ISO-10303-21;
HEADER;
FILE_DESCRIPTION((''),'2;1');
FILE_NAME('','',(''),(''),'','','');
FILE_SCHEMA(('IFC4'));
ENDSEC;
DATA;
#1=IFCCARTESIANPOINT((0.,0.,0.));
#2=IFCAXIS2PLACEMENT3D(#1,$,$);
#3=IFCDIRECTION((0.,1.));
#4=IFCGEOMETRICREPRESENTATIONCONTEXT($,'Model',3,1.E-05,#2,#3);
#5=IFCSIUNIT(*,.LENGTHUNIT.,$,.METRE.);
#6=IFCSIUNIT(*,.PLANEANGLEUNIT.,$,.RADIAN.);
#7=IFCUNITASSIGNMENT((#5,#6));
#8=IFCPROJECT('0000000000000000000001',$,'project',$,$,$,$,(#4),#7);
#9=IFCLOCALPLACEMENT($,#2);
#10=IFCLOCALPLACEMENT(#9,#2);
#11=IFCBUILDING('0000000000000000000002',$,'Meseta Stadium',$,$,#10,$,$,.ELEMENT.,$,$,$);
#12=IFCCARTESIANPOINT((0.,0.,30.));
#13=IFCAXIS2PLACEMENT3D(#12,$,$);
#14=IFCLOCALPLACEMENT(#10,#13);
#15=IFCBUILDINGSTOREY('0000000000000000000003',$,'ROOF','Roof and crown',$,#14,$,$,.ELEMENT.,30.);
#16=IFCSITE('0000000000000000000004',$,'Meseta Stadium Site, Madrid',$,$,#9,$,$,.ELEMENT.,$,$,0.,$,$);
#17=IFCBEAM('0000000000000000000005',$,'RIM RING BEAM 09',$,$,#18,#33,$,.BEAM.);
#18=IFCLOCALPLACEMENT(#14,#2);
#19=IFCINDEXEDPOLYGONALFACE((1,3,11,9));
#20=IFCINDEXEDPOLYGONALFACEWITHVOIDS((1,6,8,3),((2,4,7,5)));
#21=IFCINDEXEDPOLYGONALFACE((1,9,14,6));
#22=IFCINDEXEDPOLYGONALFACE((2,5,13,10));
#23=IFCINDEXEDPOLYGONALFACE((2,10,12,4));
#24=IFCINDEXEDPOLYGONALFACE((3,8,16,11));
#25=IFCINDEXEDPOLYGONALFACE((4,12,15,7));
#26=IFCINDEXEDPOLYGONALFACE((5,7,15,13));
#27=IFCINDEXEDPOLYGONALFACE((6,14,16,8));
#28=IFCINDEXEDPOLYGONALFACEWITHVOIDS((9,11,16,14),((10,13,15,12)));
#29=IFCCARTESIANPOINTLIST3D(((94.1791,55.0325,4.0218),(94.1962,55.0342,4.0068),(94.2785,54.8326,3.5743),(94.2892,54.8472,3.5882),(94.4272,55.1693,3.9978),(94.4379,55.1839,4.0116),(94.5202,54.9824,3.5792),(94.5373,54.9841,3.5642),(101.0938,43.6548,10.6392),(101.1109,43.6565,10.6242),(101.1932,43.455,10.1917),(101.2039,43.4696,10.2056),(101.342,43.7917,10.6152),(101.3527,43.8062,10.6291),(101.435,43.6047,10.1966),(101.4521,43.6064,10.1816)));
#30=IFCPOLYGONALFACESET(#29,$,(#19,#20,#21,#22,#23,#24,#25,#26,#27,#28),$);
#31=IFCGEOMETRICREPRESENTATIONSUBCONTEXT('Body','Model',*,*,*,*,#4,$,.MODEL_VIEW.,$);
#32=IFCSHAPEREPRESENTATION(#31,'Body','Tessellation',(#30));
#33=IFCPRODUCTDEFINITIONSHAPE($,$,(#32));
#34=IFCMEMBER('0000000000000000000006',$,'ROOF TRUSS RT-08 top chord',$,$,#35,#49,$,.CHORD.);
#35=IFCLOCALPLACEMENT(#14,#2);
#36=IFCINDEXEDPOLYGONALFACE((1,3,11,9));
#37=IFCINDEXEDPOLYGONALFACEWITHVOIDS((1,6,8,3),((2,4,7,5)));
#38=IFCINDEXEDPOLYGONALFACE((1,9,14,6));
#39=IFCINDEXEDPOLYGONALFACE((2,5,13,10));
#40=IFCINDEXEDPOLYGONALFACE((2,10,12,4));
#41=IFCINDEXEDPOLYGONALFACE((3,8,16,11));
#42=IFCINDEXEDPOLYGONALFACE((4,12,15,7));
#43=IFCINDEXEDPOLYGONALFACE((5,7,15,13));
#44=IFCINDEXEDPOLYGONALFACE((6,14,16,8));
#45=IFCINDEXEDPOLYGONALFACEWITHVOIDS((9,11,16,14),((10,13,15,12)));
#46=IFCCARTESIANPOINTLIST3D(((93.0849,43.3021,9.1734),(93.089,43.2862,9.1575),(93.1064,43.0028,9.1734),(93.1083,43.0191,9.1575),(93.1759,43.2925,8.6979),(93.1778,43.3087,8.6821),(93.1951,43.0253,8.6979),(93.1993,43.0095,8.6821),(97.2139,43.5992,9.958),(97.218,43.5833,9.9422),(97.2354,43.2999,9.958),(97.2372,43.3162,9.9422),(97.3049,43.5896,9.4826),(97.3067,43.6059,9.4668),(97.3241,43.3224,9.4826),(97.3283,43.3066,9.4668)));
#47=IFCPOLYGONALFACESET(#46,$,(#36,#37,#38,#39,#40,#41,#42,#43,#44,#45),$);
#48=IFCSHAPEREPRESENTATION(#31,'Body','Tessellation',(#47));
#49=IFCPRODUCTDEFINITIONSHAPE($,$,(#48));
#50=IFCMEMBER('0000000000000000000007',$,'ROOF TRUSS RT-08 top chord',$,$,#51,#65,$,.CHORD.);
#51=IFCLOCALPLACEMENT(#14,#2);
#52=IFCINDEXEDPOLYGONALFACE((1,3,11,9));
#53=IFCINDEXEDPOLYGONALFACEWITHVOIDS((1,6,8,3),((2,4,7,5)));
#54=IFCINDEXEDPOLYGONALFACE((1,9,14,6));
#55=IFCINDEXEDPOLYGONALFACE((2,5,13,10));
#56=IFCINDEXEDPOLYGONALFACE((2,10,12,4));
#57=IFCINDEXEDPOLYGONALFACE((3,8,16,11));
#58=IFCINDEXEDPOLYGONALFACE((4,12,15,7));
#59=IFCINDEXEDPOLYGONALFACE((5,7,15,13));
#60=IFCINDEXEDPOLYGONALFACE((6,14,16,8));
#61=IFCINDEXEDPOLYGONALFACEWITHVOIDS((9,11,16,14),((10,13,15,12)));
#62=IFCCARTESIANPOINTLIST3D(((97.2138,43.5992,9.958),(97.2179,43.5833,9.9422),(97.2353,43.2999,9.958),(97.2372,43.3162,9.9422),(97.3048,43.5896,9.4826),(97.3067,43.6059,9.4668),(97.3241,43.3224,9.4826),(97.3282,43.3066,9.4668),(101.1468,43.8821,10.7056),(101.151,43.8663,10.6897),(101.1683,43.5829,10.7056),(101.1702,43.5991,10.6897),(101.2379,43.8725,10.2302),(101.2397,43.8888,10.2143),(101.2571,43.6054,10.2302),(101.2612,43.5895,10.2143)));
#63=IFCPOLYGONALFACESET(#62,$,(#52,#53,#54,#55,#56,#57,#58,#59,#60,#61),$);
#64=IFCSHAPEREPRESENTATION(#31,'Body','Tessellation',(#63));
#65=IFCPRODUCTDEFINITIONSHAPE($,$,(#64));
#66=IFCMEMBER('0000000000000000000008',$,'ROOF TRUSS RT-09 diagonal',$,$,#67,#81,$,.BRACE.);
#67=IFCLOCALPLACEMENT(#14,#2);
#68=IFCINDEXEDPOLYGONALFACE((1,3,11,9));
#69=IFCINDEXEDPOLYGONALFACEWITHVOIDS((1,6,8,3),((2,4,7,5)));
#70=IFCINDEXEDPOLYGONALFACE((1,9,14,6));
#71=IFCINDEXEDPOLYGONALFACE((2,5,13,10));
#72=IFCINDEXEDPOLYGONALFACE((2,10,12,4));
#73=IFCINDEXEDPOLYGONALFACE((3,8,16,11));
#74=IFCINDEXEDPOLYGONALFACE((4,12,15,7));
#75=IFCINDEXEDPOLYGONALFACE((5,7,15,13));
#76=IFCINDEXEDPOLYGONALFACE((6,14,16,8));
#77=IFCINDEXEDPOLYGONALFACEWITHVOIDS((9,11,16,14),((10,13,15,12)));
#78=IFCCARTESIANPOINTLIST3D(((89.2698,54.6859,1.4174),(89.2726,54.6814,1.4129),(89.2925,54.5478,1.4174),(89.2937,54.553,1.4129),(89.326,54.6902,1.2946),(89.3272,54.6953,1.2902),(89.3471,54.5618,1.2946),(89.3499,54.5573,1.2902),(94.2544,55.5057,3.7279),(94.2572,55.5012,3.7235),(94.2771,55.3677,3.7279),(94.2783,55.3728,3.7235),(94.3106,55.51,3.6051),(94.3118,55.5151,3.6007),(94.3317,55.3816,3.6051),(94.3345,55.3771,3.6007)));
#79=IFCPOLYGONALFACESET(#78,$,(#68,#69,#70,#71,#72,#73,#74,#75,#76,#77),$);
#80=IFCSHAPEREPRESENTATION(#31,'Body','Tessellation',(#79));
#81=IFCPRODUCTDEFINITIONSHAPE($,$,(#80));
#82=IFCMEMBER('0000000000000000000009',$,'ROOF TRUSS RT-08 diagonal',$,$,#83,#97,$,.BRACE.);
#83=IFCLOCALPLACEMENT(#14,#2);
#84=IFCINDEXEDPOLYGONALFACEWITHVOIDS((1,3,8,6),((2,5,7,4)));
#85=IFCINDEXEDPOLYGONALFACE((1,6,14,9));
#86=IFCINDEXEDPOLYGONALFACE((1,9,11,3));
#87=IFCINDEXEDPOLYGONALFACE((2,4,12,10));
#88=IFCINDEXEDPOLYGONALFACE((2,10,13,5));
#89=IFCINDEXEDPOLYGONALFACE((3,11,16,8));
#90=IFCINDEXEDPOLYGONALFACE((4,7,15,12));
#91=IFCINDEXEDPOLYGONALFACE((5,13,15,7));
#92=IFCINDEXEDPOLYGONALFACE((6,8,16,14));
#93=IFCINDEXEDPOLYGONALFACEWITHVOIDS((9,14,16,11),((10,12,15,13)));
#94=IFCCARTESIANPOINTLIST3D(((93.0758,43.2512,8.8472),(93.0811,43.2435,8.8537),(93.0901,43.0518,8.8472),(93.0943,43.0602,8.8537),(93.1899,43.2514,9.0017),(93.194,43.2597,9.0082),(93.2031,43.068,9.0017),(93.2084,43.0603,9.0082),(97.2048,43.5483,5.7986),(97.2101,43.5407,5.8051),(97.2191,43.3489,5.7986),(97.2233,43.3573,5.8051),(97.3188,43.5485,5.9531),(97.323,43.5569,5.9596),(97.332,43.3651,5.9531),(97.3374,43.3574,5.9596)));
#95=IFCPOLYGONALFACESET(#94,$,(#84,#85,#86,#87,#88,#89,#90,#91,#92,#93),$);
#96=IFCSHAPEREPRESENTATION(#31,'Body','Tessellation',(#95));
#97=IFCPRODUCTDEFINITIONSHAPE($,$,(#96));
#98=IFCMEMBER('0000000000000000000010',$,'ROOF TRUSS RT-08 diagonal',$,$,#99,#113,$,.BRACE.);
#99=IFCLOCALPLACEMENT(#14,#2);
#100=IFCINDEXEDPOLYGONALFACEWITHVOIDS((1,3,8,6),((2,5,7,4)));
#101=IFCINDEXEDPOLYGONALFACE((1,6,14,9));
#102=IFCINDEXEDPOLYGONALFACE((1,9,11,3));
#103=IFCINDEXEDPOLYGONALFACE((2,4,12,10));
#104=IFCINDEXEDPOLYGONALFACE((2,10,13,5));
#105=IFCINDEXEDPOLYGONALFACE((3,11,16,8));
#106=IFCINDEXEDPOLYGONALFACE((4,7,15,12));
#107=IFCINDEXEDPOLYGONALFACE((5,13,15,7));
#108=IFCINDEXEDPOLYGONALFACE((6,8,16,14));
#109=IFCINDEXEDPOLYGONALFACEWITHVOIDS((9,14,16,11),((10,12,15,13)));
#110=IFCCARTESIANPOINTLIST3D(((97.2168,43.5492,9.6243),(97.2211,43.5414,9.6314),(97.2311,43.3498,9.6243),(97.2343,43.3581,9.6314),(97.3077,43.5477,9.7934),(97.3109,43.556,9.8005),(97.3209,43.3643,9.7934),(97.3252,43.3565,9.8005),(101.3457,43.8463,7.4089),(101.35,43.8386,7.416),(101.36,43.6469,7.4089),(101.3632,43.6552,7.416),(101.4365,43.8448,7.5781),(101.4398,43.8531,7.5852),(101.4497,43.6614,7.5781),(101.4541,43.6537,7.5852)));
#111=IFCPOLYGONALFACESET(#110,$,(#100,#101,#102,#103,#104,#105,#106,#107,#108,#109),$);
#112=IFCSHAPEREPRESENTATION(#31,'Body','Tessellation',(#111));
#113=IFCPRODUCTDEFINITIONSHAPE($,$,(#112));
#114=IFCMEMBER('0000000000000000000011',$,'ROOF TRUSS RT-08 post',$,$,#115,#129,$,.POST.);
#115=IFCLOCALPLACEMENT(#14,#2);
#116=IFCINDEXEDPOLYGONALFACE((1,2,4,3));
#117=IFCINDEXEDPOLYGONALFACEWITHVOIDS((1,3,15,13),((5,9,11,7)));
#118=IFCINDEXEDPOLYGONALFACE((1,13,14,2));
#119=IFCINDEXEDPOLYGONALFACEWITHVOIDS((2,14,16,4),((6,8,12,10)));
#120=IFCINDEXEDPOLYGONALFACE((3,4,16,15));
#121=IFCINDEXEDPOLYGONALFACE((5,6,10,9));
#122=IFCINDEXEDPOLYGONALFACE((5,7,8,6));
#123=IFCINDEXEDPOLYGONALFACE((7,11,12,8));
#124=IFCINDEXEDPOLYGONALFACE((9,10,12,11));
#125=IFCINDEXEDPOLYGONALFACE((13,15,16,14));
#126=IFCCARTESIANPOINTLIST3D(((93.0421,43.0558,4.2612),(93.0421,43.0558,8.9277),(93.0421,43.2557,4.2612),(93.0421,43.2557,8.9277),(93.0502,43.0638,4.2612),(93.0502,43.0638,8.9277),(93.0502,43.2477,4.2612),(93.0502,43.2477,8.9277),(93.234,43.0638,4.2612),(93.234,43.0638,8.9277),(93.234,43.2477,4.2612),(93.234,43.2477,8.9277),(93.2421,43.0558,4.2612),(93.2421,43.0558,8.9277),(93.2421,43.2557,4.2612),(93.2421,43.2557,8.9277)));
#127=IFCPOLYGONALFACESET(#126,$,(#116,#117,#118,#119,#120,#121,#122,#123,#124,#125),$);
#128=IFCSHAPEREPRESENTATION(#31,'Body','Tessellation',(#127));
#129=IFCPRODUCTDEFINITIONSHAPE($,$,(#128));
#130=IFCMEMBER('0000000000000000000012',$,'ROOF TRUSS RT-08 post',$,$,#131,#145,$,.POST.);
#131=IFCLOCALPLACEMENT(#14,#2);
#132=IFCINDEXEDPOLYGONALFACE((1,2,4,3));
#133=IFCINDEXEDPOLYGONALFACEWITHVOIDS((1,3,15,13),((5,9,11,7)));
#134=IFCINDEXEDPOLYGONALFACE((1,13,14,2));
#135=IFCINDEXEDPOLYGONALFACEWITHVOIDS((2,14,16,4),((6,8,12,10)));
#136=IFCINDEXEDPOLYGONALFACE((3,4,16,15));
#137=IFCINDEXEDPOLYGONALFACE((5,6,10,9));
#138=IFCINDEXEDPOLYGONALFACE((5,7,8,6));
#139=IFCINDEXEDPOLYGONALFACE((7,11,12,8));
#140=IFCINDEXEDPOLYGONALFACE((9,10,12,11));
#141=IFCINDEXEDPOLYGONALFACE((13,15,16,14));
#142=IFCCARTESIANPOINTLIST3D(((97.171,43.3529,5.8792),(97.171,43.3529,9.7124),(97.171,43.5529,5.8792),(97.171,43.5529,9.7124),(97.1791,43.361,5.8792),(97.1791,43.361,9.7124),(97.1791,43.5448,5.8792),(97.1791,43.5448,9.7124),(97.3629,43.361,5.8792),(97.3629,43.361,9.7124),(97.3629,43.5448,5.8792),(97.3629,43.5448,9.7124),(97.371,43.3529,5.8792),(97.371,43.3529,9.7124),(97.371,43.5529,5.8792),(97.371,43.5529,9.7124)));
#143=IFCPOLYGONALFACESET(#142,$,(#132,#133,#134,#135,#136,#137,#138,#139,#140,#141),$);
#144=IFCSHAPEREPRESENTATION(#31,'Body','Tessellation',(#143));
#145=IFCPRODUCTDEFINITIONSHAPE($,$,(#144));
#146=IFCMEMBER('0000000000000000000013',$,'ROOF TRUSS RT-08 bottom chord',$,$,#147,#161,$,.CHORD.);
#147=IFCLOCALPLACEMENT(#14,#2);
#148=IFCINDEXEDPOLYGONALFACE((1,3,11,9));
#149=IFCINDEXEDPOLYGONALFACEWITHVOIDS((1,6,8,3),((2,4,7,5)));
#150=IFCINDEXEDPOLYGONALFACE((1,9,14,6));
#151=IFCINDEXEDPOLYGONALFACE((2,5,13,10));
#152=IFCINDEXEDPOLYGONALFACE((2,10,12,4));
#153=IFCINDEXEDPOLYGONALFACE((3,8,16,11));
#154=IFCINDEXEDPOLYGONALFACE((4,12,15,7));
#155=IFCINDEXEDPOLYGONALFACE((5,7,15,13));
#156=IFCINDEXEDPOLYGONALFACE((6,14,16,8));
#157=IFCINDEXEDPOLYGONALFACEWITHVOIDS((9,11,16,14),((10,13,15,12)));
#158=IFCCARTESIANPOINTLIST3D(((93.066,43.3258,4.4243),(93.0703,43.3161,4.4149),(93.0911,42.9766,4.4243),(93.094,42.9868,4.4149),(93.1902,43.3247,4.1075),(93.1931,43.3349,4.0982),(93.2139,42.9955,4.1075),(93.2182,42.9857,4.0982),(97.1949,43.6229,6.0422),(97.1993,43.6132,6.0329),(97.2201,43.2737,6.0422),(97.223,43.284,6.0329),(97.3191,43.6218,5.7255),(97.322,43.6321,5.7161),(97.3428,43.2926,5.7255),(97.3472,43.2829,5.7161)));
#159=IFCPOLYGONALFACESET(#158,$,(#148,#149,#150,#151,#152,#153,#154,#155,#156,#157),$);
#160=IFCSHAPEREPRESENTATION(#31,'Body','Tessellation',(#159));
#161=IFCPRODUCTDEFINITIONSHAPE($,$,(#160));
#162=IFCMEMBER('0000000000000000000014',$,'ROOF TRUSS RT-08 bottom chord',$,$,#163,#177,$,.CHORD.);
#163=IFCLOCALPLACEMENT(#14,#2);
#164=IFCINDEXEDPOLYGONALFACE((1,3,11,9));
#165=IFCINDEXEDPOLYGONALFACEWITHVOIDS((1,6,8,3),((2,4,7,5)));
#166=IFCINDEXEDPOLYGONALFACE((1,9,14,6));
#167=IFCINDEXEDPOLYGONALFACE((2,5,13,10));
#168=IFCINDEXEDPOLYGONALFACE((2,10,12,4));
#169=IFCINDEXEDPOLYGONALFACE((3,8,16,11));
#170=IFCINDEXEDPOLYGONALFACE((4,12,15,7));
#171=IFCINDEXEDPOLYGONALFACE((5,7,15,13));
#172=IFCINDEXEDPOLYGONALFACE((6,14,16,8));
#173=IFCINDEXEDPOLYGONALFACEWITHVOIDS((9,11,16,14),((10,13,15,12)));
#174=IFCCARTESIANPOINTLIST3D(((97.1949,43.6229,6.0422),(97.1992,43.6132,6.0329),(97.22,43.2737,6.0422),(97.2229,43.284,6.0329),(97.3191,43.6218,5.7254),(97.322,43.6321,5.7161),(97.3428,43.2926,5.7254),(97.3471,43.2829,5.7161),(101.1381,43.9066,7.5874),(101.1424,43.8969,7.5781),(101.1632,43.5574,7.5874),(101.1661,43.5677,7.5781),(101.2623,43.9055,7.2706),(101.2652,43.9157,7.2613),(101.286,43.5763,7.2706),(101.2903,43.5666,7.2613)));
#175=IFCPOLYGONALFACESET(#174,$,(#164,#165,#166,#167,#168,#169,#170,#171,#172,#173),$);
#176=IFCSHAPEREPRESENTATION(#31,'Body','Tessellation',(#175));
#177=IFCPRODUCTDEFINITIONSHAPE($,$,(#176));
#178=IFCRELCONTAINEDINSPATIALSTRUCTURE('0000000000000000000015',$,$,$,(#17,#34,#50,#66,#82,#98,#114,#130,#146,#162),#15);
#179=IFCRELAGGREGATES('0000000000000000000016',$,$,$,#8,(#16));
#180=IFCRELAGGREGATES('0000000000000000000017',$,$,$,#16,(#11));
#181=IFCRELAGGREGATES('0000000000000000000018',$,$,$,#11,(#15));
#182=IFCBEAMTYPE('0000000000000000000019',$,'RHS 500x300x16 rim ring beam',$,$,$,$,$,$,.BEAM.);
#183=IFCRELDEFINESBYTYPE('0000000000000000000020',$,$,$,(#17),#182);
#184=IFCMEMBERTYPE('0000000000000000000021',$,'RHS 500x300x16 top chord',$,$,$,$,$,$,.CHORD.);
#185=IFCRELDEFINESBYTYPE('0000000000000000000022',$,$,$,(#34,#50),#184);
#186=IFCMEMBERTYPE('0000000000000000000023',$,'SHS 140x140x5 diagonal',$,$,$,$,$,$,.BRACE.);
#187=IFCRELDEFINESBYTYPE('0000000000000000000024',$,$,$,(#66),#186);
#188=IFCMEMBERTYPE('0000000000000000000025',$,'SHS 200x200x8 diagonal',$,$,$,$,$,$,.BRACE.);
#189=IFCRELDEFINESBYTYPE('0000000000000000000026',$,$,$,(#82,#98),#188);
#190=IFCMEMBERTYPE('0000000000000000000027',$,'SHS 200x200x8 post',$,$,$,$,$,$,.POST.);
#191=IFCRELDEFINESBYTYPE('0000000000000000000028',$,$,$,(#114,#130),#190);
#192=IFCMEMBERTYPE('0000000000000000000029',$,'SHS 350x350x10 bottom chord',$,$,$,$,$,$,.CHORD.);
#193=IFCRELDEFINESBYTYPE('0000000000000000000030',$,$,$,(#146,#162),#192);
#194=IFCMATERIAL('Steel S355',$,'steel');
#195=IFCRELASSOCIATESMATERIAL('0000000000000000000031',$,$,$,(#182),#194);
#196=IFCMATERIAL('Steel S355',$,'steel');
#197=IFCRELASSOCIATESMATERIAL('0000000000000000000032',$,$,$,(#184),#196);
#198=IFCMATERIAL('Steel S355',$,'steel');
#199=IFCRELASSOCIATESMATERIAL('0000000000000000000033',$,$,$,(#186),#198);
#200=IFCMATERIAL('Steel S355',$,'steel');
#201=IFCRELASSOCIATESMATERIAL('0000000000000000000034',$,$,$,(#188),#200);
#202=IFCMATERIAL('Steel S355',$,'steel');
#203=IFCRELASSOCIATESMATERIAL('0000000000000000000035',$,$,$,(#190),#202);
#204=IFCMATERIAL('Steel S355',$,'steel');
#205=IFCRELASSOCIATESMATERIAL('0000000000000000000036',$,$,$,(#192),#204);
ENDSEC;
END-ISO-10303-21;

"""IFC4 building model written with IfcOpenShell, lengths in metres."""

from ifc_helpers import new_model, si_unit, direction, frame, origin, origin_2d, place, context, subcontext, project, spatial, hollow_rectangle, extrude, material, material_profile, profile_set, type_object, element, save


model = new_model("IFC4")

# Units and contexts
model_context = context("Model", 3, precision=1e-05, world=origin(), true_north=direction((0.0, 1.0)))
body_context = subcontext(model_context, "Body", "Model", "MODEL_VIEW")
ifc_project = project(units=[si_unit("LENGTHUNIT", "METRE"), si_unit("PLANEANGLEUNIT", "RADIAN")], contexts=[model_context])

# Site, building, storey
site_placement = place(None, origin())
site = spatial("IfcSite", under=ifc_project, at=site_placement, Name="Meseta Stadium Site, Madrid", CompositionType="ELEMENT", RefElevation=0.0)
building_placement = place(site_placement, origin())
building = spatial("IfcBuilding", under=site, at=building_placement, Name="Meseta Stadium", CompositionType="ELEMENT")
storey_placement = place(building_placement, frame((0.0, 0.0, 30.0)))
storey = spatial("IfcBuildingStorey", under=building, at=storey_placement, Name="ROOF", Description="Roof and crown", CompositionType="ELEMENT", Elevation=30.0)

# Beam
ifc_material_1 = material(Name="Steel S355", Category="steel")
ifc_material_profile_1 = material_profile(ifc_material_1, hollow_rectangle(XDim=0.3, YDim=0.5, WallThickness=0.0161, at=origin_2d()), Name="RHS 500x300x16")
ifc_profile_set_1 = profile_set([ifc_material_profile_1], Name="Steel S355")
beam_type = type_object("IfcBeamType", Name="RHS 500x300x16 rim ring beam", PredefinedType="BEAM", material=ifc_profile_set_1)
beam_placement = place(storey_placement, frame((101.2729, 43.6306, 10.4104), z_axis=(-0.46508, 0.765248, -0.44508), x_axis=(-0.862657, -0.504663, 0.033728)))
element("IfcBeam", 1, at=beam_placement, inside=storey, type_object=beam_type, Name="RIM RING BEAM 09", PredefinedType="BEAM", context=body_context, shape_type="SweptSolid", body=[
    extrude(hollow_rectangle(XDim=0.3, YDim=0.5, WallThickness=0.0161, at=origin_2d()), origin(), (0.0, 0.0, 1.0), 14.8679),
])

# Members
ifc_material_2 = material(Name="Steel S355", Category="steel")
ifc_material_profile_2 = material_profile(ifc_material_2, hollow_rectangle(XDim=0.3, YDim=0.5, WallThickness=0.0161, at=origin_2d()), Name="RHS 500x300x16")
ifc_profile_set_2 = profile_set([ifc_material_profile_2], Name="Steel S355")
member_type_1 = type_object("IfcMemberType", Name="RHS 500x300x16 top chord", PredefinedType="CHORD", material=ifc_profile_set_2)
member_1_placement = place(storey_placement, frame((93.1421, 43.1558, 8.9277), z_axis=(0.979971, 0.070519, 0.186236), x_axis=(-0.071775, 0.997421, 0.0)))
element("IfcMember", 2, at=member_1_placement, inside=storey, type_object=member_type_1, Name="ROOF TRUSS RT-08 top chord", PredefinedType="CHORD", context=body_context, shape_type="SweptSolid", body=[
    extrude(hollow_rectangle(XDim=0.3, YDim=0.5, WallThickness=0.0161, at=origin_2d()), origin(), (0.0, 0.0, 1.0), 4.2134),
])
member_2_placement = place(storey_placement, frame((97.271, 43.4529, 9.7124), z_axis=(0.979968, 0.070502, 0.186261), x_axis=(-0.071757, 0.997422, 0.0)))
element("IfcMember", 3, at=member_2_placement, inside=storey, type_object=member_type_1, Name="ROOF TRUSS RT-08 top chord", PredefinedType="CHORD", context=body_context, shape_type="SweptSolid", body=[
    extrude(hollow_rectangle(XDim=0.3, YDim=0.5, WallThickness=0.0161, at=origin_2d()), origin(), (0.0, 0.0, 1.0), 4.0134),
])
ifc_material_3 = material(Name="Steel S355", Category="steel")
ifc_material_profile_3 = material_profile(ifc_material_3, hollow_rectangle(XDim=0.1399, YDim=0.1399, WallThickness=0.0049, at=origin_2d()), Name="SHS 140x140x5")
ifc_profile_set_3 = profile_set([ifc_material_profile_3], Name="Steel S355")
member_type_2 = type_object("IfcMemberType", Name="SHS 140x140x5 diagonal", PredefinedType="BRACE", material=ifc_profile_set_3)
member_3_placement = place(storey_placement, frame((89.3098, 54.6216, 1.3538), z_axis=(0.897334, 0.147585, 0.415946), x_axis=(-0.16229, 0.986743, 0.0)))
element("IfcMember", 4, at=member_3_placement, inside=storey, type_object=member_type_2, Name="ROOF TRUSS RT-09 diagonal", PredefinedType="BRACE", context=body_context, shape_type="SweptSolid", body=[
    extrude(hollow_rectangle(XDim=0.1399, YDim=0.1399, WallThickness=0.0049, at=origin_2d()), origin(), (0.0, 0.0, 1.0), 5.5549),
])
ifc_material_4 = material(Name="Steel S355", Category="steel")
ifc_material_profile_4 = material_profile(ifc_material_4, hollow_rectangle(XDim=0.2, YDim=0.2, WallThickness=0.0081, at=origin_2d()), Name="SHS 200x200x8")
ifc_profile_set_4 = profile_set([ifc_material_profile_4], Name="Steel S355")
member_type_3 = type_object("IfcMemberType", Name="SHS 200x200x8 diagonal", PredefinedType="BRACE", material=ifc_profile_set_4)
member_4_placement = place(storey_placement, frame((93.1421, 43.1558, 8.9277), z_axis=(0.803131, 0.057794, -0.592993), x_axis=(-0.071775, 0.997421, 0.0)))
element("IfcMember", 5, at=member_4_placement, inside=storey, type_object=member_type_3, Name="ROOF TRUSS RT-08 diagonal", PredefinedType="BRACE", context=body_context, shape_type="SweptSolid", body=[
    extrude(hollow_rectangle(XDim=0.2, YDim=0.2, WallThickness=0.0081, at=origin_2d()), origin(), (0.0, 0.0, 1.0), 5.1411),
])
member_5_placement = place(storey_placement, frame((97.271, 43.4529, 9.7124), z_axis=(0.87941, 0.063283, -0.47184), x_axis=(-0.071775, 0.997421, 0.0)))
element("IfcMember", 6, at=member_5_placement, inside=storey, type_object=member_type_3, Name="ROOF TRUSS RT-08 diagonal", PredefinedType="BRACE", context=body_context, shape_type="SweptSolid", body=[
    extrude(hollow_rectangle(XDim=0.2, YDim=0.2, WallThickness=0.0081, at=origin_2d()), origin(), (0.0, 0.0, 1.0), 4.6951),
])
ifc_material_5 = material(Name="Steel S355", Category="steel")
ifc_material_profile_5 = material_profile(ifc_material_5, hollow_rectangle(XDim=0.2, YDim=0.2, WallThickness=0.0081, at=origin_2d()), Name="SHS 200x200x8")
ifc_profile_set_5 = profile_set([ifc_material_profile_5], Name="Steel S355")
member_type_4 = type_object("IfcMemberType", Name="SHS 200x200x8 post", PredefinedType="POST", material=ifc_profile_set_5)
member_6_placement = place(storey_placement, frame((93.1421, 43.1558, 4.2612), z_axis=(0.0, 0.0, 1.0), x_axis=(1.0, 0.0, 0.0)))
element("IfcMember", 7, at=member_6_placement, inside=storey, type_object=member_type_4, Name="ROOF TRUSS RT-08 post", PredefinedType="POST", context=body_context, shape_type="SweptSolid", body=[
    extrude(hollow_rectangle(XDim=0.2, YDim=0.2, WallThickness=0.0081, at=origin_2d()), origin(), (0.0, 0.0, 1.0), 4.6665),
])
member_7_placement = place(storey_placement, frame((97.271, 43.4529, 5.8792), z_axis=(0.0, 0.0, 1.0), x_axis=(1.0, 0.0, 0.0)))
element("IfcMember", 8, at=member_7_placement, inside=storey, type_object=member_type_4, Name="ROOF TRUSS RT-08 post", PredefinedType="POST", context=body_context, shape_type="SweptSolid", body=[
    extrude(hollow_rectangle(XDim=0.2, YDim=0.2, WallThickness=0.0081, at=origin_2d()), origin(), (0.0, 0.0, 1.0), 3.8333),
])
ifc_material_6 = material(Name="Steel S355", Category="steel")
ifc_material_profile_6 = material_profile(ifc_material_6, hollow_rectangle(XDim=0.3501, YDim=0.3501, WallThickness=0.01, at=origin_2d()), Name="SHS 350x350x10")
ifc_profile_set_6 = profile_set([ifc_material_profile_6], Name="Steel S355")
member_type_5 = type_object("IfcMemberType", Name="SHS 350x350x10 bottom chord", PredefinedType="CHORD", material=ifc_profile_set_6)
member_8_placement = place(storey_placement, frame((93.1421, 43.1558, 4.2612), z_axis=(0.928987, 0.066851, 0.364025), x_axis=(-0.071775, 0.997421, 0.0)))
element("IfcMember", 9, at=member_8_placement, inside=storey, type_object=member_type_5, Name="ROOF TRUSS RT-08 bottom chord", PredefinedType="CHORD", context=body_context, shape_type="SweptSolid", body=[
    extrude(hollow_rectangle(XDim=0.3501, YDim=0.3501, WallThickness=0.01, at=origin_2d()), origin(), (0.0, 0.0, 1.0), 4.4446),
])
member_9_placement = place(storey_placement, frame((97.271, 43.4529, 5.8792), z_axis=(0.928984, 0.066837, 0.364036), x_axis=(-0.071761, 0.997422, 0.0)))
element("IfcMember", 10, at=member_9_placement, inside=storey, type_object=member_type_5, Name="ROOF TRUSS RT-08 bottom chord", PredefinedType="CHORD", context=body_context, shape_type="SweptSolid", body=[
    extrude(hollow_rectangle(XDim=0.3501, YDim=0.3501, WallThickness=0.01, at=origin_2d()), origin(), (0.0, 0.0, 1.0), 4.2446),
])

save(model, "model.ifc")
